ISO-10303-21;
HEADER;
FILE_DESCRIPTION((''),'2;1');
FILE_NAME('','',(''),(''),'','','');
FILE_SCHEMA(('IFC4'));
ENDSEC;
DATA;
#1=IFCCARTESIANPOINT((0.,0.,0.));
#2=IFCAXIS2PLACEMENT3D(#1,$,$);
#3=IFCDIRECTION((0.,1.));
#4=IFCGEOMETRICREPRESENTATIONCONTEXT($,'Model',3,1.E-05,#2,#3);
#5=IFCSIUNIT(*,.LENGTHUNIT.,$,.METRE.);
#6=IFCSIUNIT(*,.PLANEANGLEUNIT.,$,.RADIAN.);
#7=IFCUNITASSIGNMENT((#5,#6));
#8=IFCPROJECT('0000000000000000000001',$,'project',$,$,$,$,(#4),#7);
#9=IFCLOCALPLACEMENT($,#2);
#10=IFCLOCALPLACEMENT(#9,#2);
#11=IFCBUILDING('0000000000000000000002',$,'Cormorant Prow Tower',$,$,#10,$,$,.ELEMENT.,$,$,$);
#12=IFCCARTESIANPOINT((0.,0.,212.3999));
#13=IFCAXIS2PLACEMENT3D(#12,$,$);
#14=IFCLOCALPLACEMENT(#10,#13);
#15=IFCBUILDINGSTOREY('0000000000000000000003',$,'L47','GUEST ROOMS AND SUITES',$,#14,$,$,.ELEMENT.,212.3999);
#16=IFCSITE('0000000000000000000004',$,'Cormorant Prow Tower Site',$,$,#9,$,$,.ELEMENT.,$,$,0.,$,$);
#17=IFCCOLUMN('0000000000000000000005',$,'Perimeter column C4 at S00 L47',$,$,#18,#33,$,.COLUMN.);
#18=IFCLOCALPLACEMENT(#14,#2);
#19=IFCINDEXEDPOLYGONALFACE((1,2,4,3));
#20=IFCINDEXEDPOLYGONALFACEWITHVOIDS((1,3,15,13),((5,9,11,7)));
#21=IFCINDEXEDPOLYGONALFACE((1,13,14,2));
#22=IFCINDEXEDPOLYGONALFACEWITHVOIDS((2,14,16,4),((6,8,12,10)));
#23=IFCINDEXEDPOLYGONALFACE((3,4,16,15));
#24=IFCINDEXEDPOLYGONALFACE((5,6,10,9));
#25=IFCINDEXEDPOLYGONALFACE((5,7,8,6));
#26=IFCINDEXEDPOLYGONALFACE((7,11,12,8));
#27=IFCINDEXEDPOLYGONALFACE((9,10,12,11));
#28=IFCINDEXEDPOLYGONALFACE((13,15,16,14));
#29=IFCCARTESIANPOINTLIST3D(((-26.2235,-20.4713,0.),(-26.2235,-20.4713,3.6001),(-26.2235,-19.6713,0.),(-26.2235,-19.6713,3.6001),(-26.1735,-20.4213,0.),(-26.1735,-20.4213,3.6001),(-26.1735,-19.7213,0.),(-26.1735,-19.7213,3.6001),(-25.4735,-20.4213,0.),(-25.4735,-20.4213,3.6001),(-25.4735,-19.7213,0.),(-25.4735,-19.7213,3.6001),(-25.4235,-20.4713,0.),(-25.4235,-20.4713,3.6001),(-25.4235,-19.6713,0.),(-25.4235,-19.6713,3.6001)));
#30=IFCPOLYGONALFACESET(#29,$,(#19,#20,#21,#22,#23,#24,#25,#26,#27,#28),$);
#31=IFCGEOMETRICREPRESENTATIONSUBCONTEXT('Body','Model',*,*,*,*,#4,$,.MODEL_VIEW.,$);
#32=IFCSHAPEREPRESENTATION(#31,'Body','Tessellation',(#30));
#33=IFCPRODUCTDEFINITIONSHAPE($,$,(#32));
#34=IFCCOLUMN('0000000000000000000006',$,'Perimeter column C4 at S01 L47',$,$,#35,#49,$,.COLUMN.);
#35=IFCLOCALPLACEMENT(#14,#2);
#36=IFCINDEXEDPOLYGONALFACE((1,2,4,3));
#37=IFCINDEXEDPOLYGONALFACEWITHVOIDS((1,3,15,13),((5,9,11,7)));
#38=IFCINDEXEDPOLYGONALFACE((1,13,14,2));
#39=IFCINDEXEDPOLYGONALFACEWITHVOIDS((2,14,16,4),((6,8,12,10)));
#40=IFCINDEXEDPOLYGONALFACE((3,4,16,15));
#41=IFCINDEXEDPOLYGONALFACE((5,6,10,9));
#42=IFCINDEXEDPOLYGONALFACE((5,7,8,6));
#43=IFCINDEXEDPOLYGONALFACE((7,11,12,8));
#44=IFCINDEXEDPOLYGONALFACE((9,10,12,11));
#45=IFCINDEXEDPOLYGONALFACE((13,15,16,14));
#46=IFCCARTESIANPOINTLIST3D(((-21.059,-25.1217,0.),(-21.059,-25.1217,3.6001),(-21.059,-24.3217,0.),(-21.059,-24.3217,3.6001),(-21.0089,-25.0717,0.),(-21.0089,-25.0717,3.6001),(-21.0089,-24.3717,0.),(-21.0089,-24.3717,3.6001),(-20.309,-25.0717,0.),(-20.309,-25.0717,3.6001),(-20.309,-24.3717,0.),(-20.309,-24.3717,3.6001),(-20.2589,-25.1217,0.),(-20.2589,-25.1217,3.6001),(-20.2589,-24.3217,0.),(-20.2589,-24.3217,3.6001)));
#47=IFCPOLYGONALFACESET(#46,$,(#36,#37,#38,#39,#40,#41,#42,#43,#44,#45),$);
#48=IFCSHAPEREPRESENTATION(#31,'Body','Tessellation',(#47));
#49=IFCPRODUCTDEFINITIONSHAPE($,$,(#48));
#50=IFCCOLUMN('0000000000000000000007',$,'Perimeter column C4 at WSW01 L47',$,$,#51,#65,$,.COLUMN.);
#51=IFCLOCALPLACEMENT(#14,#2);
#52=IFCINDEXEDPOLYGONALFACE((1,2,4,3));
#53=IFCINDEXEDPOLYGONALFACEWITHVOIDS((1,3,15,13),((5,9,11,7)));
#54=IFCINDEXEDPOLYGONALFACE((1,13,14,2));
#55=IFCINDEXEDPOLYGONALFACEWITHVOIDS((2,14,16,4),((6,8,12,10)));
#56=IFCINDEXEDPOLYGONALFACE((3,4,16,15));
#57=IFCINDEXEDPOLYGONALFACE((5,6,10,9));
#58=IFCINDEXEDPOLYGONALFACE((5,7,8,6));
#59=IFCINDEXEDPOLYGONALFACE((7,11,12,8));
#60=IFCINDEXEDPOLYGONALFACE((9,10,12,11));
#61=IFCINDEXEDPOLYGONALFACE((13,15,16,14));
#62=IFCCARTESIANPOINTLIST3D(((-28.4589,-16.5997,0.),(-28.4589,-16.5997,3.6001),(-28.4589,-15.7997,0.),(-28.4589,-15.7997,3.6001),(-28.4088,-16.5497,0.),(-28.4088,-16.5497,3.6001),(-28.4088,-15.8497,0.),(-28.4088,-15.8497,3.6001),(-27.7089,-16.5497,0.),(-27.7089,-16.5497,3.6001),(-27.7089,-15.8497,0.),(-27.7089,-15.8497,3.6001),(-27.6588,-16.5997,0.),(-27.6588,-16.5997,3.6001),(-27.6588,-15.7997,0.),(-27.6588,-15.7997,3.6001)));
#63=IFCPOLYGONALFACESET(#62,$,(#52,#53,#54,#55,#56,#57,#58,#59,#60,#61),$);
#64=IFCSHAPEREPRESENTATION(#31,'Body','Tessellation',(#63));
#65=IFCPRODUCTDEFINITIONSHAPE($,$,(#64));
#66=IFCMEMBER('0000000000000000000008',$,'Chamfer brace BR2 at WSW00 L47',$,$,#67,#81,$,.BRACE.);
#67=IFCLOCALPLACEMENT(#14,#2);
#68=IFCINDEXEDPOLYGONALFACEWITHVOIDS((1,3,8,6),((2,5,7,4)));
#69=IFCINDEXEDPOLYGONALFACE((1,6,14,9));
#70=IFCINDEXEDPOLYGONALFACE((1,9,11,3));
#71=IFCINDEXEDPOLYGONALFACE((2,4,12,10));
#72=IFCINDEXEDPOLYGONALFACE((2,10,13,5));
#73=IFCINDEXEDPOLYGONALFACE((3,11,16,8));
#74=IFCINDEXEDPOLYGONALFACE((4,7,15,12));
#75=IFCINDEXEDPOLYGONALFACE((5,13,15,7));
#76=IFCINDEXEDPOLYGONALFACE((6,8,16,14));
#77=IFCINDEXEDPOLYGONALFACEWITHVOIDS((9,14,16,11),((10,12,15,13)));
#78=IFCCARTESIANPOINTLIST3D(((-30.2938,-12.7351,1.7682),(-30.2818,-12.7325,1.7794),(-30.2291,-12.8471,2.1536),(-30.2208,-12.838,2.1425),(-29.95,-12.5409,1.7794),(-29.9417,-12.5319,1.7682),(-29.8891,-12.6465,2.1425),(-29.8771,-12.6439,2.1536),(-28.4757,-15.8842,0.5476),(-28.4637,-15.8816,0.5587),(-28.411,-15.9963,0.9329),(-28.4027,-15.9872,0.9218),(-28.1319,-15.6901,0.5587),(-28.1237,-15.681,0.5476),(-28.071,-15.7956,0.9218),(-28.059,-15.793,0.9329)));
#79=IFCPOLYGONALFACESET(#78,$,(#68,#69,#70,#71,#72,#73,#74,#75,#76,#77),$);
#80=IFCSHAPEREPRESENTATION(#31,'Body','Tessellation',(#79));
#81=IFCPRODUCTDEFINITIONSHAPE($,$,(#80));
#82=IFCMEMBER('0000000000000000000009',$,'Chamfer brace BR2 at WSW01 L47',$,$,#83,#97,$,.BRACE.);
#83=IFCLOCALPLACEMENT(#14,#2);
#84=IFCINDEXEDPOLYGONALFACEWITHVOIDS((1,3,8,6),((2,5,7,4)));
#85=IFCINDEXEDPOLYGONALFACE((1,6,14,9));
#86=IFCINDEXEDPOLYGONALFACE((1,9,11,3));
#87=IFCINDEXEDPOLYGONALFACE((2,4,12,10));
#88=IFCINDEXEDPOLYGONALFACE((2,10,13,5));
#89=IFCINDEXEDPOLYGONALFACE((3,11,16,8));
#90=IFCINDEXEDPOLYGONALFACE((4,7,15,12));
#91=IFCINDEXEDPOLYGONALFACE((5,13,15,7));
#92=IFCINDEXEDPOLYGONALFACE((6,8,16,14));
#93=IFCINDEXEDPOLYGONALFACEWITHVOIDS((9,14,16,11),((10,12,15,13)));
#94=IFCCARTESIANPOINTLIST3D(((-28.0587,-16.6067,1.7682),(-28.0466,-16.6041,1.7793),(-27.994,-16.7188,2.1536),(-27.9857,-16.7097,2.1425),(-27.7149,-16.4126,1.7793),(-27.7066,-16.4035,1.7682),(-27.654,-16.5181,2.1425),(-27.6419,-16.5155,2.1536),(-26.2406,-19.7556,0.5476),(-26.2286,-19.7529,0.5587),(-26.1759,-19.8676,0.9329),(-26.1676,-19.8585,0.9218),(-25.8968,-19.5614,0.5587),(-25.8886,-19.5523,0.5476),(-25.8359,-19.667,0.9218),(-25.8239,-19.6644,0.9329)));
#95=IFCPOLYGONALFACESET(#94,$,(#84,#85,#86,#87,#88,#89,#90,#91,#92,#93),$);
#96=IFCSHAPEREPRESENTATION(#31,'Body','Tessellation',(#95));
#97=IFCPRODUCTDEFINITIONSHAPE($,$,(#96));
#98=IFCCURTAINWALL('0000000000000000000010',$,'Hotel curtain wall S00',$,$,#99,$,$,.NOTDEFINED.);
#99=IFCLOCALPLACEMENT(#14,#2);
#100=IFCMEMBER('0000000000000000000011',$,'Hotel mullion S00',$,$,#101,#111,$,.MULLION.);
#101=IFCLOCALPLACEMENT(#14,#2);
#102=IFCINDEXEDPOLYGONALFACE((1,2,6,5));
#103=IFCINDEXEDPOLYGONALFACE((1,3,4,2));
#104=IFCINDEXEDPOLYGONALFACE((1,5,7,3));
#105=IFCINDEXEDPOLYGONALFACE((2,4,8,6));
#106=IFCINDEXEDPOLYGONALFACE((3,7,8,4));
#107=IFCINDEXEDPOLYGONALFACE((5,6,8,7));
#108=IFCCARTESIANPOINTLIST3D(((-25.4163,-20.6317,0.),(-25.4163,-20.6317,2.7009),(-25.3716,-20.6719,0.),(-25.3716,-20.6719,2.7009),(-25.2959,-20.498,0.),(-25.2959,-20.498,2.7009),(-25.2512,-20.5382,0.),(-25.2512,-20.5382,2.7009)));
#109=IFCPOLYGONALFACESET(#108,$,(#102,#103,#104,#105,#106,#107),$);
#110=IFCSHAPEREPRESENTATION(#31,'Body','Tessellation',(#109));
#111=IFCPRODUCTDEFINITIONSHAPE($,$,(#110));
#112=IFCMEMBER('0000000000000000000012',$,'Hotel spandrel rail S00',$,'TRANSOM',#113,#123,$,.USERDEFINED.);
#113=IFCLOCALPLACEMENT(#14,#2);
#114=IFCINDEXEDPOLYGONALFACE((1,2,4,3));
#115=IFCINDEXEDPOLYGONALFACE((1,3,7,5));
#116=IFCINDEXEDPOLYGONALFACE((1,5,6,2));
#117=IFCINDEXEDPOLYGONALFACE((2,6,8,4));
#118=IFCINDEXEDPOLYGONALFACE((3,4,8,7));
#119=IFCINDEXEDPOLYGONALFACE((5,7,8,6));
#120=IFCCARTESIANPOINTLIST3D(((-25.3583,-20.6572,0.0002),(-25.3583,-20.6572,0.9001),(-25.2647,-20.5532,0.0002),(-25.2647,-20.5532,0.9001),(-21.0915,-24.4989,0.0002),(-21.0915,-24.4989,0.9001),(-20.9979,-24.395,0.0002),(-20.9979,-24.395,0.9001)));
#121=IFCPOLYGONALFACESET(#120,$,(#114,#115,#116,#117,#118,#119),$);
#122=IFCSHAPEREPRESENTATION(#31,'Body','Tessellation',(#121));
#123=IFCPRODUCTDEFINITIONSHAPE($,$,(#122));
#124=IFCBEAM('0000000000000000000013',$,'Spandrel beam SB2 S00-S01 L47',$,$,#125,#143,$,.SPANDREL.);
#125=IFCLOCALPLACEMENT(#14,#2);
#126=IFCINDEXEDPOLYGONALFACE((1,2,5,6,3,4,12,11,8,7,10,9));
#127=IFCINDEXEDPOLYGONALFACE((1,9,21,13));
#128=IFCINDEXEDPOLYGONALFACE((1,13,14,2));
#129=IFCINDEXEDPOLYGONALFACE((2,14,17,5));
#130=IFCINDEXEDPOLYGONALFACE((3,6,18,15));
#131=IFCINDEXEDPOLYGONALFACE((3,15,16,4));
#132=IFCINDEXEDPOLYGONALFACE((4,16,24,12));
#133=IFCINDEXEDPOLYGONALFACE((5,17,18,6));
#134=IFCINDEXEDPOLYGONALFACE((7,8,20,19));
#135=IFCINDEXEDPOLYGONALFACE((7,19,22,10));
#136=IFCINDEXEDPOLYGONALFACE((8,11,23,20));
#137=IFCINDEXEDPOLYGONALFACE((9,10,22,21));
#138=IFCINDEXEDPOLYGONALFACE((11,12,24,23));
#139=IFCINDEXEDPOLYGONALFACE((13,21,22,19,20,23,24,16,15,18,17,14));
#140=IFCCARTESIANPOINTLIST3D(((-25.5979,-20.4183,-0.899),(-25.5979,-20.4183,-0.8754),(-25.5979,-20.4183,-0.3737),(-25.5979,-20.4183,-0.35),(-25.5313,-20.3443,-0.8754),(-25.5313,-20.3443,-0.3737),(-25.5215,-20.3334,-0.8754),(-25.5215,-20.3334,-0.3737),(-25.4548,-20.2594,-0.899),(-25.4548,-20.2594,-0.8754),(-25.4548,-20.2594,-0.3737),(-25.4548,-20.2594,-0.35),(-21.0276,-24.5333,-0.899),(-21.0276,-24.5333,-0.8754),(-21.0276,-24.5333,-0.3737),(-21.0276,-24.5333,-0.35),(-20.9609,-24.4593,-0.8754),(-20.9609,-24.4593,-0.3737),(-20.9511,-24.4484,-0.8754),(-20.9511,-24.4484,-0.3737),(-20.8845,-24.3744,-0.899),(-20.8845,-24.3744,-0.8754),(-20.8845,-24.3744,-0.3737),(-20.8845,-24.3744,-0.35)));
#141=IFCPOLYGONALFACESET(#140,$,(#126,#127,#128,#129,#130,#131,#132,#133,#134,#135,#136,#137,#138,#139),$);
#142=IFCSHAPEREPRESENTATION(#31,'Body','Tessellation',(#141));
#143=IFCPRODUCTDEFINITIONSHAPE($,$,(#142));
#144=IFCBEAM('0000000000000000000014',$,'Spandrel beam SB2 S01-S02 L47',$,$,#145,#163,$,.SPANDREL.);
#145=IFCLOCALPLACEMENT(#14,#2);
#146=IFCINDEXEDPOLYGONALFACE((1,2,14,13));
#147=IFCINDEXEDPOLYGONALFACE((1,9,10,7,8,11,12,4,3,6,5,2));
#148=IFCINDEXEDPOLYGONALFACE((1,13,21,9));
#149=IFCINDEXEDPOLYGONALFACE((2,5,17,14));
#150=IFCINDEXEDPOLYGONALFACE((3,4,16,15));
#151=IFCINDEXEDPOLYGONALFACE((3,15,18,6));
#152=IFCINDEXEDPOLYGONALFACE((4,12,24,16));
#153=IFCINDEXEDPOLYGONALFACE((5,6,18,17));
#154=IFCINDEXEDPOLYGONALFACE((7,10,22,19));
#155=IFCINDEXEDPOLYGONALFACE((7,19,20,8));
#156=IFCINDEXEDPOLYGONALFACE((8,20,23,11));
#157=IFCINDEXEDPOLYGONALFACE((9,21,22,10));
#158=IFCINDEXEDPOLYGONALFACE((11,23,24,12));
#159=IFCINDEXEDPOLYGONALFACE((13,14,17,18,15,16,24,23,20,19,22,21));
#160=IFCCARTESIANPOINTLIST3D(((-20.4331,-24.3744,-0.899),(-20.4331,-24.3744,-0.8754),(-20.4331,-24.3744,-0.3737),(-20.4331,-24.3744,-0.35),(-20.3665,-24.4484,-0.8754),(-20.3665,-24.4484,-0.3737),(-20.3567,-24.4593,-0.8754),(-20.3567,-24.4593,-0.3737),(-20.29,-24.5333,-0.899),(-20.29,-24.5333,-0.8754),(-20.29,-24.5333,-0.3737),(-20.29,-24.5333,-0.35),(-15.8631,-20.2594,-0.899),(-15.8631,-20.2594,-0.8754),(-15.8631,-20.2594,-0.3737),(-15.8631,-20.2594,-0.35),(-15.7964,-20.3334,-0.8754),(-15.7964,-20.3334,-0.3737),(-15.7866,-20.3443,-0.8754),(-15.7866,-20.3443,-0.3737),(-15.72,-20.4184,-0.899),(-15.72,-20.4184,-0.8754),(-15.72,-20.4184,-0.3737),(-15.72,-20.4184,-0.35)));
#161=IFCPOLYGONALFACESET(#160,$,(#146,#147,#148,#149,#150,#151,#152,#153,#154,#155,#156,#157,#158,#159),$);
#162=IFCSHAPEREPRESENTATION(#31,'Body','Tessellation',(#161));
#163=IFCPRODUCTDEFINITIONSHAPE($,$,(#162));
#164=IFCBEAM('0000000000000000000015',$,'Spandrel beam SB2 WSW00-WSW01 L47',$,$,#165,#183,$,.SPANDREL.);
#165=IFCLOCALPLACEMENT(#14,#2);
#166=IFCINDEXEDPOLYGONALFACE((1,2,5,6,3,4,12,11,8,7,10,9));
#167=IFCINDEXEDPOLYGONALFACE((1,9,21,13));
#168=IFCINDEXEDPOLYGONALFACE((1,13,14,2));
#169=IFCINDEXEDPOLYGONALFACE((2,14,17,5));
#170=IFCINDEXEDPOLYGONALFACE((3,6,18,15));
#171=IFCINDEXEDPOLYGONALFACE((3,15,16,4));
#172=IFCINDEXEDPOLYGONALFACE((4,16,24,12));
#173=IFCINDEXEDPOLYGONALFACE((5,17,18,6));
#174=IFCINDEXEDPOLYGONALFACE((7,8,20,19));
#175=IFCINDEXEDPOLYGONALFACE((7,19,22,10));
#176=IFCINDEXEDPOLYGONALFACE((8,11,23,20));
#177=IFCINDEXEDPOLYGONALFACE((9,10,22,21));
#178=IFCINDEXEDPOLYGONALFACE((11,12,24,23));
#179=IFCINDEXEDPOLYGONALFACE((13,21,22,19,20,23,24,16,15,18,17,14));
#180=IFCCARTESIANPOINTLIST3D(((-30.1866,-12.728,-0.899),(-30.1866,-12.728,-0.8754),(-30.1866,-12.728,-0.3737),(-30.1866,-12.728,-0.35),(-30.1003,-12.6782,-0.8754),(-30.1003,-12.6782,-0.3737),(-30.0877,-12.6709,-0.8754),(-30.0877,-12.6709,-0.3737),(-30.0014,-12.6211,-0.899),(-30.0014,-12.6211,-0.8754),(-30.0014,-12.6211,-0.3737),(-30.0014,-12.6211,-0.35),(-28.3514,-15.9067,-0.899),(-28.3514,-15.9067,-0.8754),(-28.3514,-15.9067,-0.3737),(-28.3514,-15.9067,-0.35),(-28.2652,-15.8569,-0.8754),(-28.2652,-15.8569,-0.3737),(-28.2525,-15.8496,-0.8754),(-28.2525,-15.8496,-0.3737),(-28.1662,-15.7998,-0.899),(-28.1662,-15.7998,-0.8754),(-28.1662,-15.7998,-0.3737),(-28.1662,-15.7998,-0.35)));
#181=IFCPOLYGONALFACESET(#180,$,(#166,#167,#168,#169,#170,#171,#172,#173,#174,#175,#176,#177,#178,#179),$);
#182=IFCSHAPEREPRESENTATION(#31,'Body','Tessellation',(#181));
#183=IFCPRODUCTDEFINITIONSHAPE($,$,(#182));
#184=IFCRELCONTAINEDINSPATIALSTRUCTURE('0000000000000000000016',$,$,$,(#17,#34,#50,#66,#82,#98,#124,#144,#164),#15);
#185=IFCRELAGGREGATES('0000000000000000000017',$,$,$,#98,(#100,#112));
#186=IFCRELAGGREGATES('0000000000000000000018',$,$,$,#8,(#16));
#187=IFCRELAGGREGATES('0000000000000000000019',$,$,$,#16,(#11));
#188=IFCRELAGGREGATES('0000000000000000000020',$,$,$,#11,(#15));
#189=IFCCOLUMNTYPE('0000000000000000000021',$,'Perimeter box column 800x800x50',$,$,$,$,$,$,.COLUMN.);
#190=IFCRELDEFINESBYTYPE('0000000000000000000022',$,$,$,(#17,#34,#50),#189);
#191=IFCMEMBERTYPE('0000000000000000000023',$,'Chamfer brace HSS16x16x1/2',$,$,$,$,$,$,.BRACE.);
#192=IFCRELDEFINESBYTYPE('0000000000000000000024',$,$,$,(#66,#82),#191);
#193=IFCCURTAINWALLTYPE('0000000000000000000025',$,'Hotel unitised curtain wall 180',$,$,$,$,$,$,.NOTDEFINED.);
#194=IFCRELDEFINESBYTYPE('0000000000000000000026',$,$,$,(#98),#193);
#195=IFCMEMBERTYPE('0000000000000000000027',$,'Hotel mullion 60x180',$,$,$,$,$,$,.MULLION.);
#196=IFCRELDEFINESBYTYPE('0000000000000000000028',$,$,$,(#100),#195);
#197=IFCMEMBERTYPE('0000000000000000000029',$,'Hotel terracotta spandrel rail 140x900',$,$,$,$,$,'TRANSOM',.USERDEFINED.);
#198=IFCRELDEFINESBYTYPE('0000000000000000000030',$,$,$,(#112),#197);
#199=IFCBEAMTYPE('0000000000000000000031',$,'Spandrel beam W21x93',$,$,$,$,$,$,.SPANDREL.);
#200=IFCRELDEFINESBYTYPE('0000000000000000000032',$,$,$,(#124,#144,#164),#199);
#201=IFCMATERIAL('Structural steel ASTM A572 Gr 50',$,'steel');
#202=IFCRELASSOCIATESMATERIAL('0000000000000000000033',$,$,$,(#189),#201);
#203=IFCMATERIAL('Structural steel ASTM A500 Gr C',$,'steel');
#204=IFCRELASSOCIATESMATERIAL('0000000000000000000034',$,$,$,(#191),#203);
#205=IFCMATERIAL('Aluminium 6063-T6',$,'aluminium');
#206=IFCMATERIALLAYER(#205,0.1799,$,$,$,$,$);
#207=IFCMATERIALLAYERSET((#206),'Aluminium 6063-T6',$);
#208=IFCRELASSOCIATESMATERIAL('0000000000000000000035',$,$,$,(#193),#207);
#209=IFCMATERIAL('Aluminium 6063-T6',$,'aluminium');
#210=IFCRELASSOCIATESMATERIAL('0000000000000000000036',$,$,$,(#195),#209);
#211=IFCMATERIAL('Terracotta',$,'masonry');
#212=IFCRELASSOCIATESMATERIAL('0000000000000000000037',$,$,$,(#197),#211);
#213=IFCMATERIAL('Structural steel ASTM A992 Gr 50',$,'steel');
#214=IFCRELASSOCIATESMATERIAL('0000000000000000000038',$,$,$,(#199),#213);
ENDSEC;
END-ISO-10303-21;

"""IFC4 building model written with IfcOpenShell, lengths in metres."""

from ifc_helpers import new_model, si_unit, direction, frame, origin, origin_2d, place, context, subcontext, project, spatial, rectangle, hollow_rectangle, i_section, extrude, material, layer, layer_set, material_profile, profile_set, type_object, element, aggregate, save


model = new_model("IFC4")

# Units and contexts
model_context = context("Model", 3, precision=1e-05, world=origin(), true_north=direction((0.0, 1.0)))
body_context = subcontext(model_context, "Body", "Model", "MODEL_VIEW")
ifc_project = project(units=[si_unit("LENGTHUNIT", "METRE"), si_unit("PLANEANGLEUNIT", "RADIAN")], contexts=[model_context])

# Site, building, storey
site_placement = place(None, origin())
site = spatial("IfcSite", under=ifc_project, at=site_placement, Name="Cormorant Prow Tower Site", CompositionType="ELEMENT", RefElevation=0.0)
building_placement = place(site_placement, origin())
building = spatial("IfcBuilding", under=site, at=building_placement, Name="Cormorant Prow Tower", CompositionType="ELEMENT")
storey_placement = place(building_placement, frame((0.0, 0.0, 212.3999)))
storey = spatial("IfcBuildingStorey", under=building, at=storey_placement, Name="L47", Description="GUEST ROOMS AND SUITES", CompositionType="ELEMENT", Elevation=212.3999)

# Columns
ifc_material_1 = material(Name="Structural steel ASTM A572 Gr 50", Category="steel")
ifc_material_profile_1 = material_profile(ifc_material_1, hollow_rectangle(XDim=0.8, YDim=0.8, WallThickness=0.05, at=origin_2d()), Name="Box 800x800x50")
ifc_profile_set_1 = profile_set([ifc_material_profile_1], Name="Structural steel ASTM A572 Gr 50")
column_type = type_object("IfcColumnType", Name="Perimeter box column 800x800x50", PredefinedType="COLUMN", material=ifc_profile_set_1)
for number, where, z_axis, x_axis, name in (
    (1, (-25.8235, -20.0713, 0.0), (0.0, 0.0, 1.0), (1.0, 0.0, 0.0), "Perimeter column C4 at S00 L47"),
    (2, (-20.6589, -24.7217, 0.0), (0.0, 0.0, 1.0), (1.0, 0.0, 0.0), "Perimeter column C4 at S01 L47"),
    (3, (-28.0588, -16.1997, 0.0), (0.0, 0.0, 1.0), (1.0, 0.0, 0.0), "Perimeter column C4 at WSW01 L47"),
):
    element("IfcColumn", number, at=place(storey_placement, frame(where, z_axis=z_axis, x_axis=x_axis)), inside=storey, type_object=column_type, Name=name, PredefinedType="COLUMN", context=body_context, shape_type="SweptSolid", body=[
        extrude(hollow_rectangle(XDim=0.8, YDim=0.8, WallThickness=0.05, at=origin_2d()), origin(), (0.0, 0.0, 1.0), 3.6001),
    ])

# Members
ifc_material_2 = material(Name="Structural steel ASTM A500 Gr C", Category="steel")
ifc_material_profile_2 = material_profile(ifc_material_2, hollow_rectangle(XDim=0.4065, YDim=0.4065, WallThickness=0.0117, at=origin_2d()), Name="HSS16x16x1/2")
ifc_profile_set_2 = profile_set([ifc_material_profile_2], Name="Structural steel ASTM A500 Gr C")
member_type_1 = type_object("IfcMemberType", Name="Chamfer brace HSS16x16x1/2", PredefinedType="BRACE", material=ifc_profile_set_2)
member_1_placement = place(storey_placement, frame((-28.2673, -15.8386, 0.7402), z_axis=(-0.473993, 0.821006, 0.318244), x_axis=(-0.866032, -0.499988, 0.0)))
element("IfcMember", 4, at=member_1_placement, inside=storey, type_object=member_type_1, Name="Chamfer brace BR2 at WSW00 L47", PredefinedType="BRACE", context=body_context, shape_type="SweptSolid", body=[
    extrude(hollow_rectangle(XDim=0.4065, YDim=0.4065, WallThickness=0.0117, at=origin_2d()), origin(), (0.0, 0.0, 1.0), 3.8357),
])
member_2_placement = place(storey_placement, frame((-26.0322, -19.71, 0.7402), z_axis=(-0.474018, 0.820986, 0.318261), x_axis=(-0.866016, -0.500017, 0.0)))
element("IfcMember", 5, at=member_2_placement, inside=storey, type_object=member_type_1, Name="Chamfer brace BR2 at WSW01 L47", PredefinedType="BRACE", context=body_context, shape_type="SweptSolid", body=[
    extrude(hollow_rectangle(XDim=0.4065, YDim=0.4065, WallThickness=0.0117, at=origin_2d()), origin(), (0.0, 0.0, 1.0), 3.8354),
])

# Curtain wall, members
ifc_material_3 = material(Name="Aluminium 6063-T6", Category="aluminium")
ifc_layer_1 = layer(ifc_material_3, 0.1799)
ifc_layer_set_1 = layer_set([ifc_layer_1], Name="Aluminium 6063-T6")
curtain_wall_type = type_object("IfcCurtainWallType", Name="Hotel unitised curtain wall 180", PredefinedType="NOTDEFINED", material=ifc_layer_set_1)
curtain_wall_placement = place(storey_placement, origin())
curtain_wall = element("IfcCurtainWall", 6, at=curtain_wall_placement, inside=storey, type_object=curtain_wall_type, Name="Hotel curtain wall S00", PredefinedType="NOTDEFINED")
ifc_material_4 = material(Name="Aluminium 6063-T6", Category="aluminium")
ifc_material_profile_3 = material_profile(ifc_material_4, rectangle(XDim=0.1799, YDim=0.0601, at=origin_2d()), Name="Hotel mullion 60x180")
ifc_profile_set_3 = profile_set([ifc_material_profile_3], Name="Aluminium 6063-T6")
member_type_2 = type_object("IfcMemberType", Name="Hotel mullion 60x180", PredefinedType="MULLION", material=ifc_profile_set_3)
member_3_placement = place(storey_placement, frame((-25.3337, -20.585, 0.0), z_axis=(0.0, 0.0, 1.0), x_axis=(0.669131, 0.743145, 0.0)))
member_3 = element("IfcMember", 7, at=member_3_placement, type_object=member_type_2, Name="Hotel mullion S00", PredefinedType="MULLION", context=body_context, shape_type="SweptSolid", body=[
    extrude(rectangle(XDim=0.1799, YDim=0.0601, at=origin_2d()), origin(), (0.0, 0.0, 1.0), 2.7009),
])
ifc_material_5 = material(Name="Terracotta", Category="masonry")
ifc_material_profile_4 = material_profile(ifc_material_5, rectangle(XDim=0.1399, YDim=0.8999, at=origin_2d()), Name="Hotel terracotta spandrel rail 140x900")
ifc_profile_set_4 = profile_set([ifc_material_profile_4], Name="Terracotta")
member_type_3 = type_object("IfcMemberType", Name="Hotel terracotta spandrel rail 140x900", ElementType="TRANSOM", PredefinedType="USERDEFINED", material=ifc_profile_set_4)
member_4_placement = place(storey_placement, frame((-25.3115, -20.6052, 0.4502), z_axis=(0.743152, -0.669122, 0.0), x_axis=(0.669122, 0.743152, 0.0)))
member_4 = element("IfcMember", 8, at=member_4_placement, type_object=member_type_3, Name="Hotel spandrel rail S00", ObjectType="TRANSOM", PredefinedType="USERDEFINED", context=body_context, shape_type="SweptSolid", body=[
    extrude(rectangle(XDim=0.1399, YDim=0.8999, at=origin_2d()), origin(), (0.0, 0.0, 1.0), 5.7415),
])

# Beams
ifc_material_6 = material(Name="Structural steel ASTM A992 Gr 50", Category="steel")
ifc_material_profile_5 = material_profile(ifc_material_6, i_section(OverallWidth=0.2139, OverallDepth=0.5491, WebThickness=0.0146, FlangeThickness=0.0237, at=origin_2d()), Name="W21x93")
ifc_profile_set_5 = profile_set([ifc_material_profile_5], Name="Structural steel ASTM A992 Gr 50")
beam_type = type_object("IfcBeamType", Name="Spandrel beam W21x93", PredefinedType="SPANDREL", material=ifc_profile_set_5)
beam_1_placement = place(storey_placement, frame((-25.5264, -20.3389, -0.6245), z_axis=(0.743156, -0.669118, 0.0), x_axis=(0.669118, 0.743156, 0.0)))
element("IfcBeam", 9, at=beam_1_placement, inside=storey, type_object=beam_type, Name="Spandrel beam SB2 S00-S01 L47", PredefinedType="SPANDREL", context=body_context, shape_type="SweptSolid", body=[
    extrude(i_section(OverallWidth=0.2139, OverallDepth=0.5491, WebThickness=0.0146, FlangeThickness=0.0237, at=origin_2d()), origin(), (0.0, 0.0, 1.0), 6.1499),
])
beam_2_placement = place(storey_placement, frame((-20.3616, -24.4539, -0.6245), z_axis=(0.743138, 0.669138, 0.0), x_axis=(-0.669138, 0.743138, 0.0)))
element("IfcBeam", 10, at=beam_2_placement, inside=storey, type_object=beam_type, Name="Spandrel beam SB2 S01-S02 L47", PredefinedType="SPANDREL", context=body_context, shape_type="SweptSolid", body=[
    extrude(i_section(OverallWidth=0.2139, OverallDepth=0.5491, WebThickness=0.0146, FlangeThickness=0.0237, at=origin_2d()), origin(), (0.0, 0.0, 1.0), 6.1497),
])
for number, where, z_axis, x_axis, name in (
    (11, (-30.094, -12.6746, -0.6245), (0.499995, -0.866028, 0.0), (0.866028, 0.499995, 0.0), "Spandrel beam SB2 WSW00-WSW01 L47"),
):
    element("IfcBeam", number, at=place(storey_placement, frame(where, z_axis=z_axis, x_axis=x_axis)), inside=storey, type_object=beam_type, Name=name, PredefinedType="SPANDREL", context=body_context, shape_type="SweptSolid", body=[
        extrude(i_section(OverallWidth=0.2139, OverallDepth=0.5491, WebThickness=0.0146, FlangeThickness=0.0237, at=origin_2d()), origin(), (0.0, 0.0, 1.0), 3.6704),
    ])

aggregate(curtain_wall, [member_3, member_4])

save(model, "model.ifc")
